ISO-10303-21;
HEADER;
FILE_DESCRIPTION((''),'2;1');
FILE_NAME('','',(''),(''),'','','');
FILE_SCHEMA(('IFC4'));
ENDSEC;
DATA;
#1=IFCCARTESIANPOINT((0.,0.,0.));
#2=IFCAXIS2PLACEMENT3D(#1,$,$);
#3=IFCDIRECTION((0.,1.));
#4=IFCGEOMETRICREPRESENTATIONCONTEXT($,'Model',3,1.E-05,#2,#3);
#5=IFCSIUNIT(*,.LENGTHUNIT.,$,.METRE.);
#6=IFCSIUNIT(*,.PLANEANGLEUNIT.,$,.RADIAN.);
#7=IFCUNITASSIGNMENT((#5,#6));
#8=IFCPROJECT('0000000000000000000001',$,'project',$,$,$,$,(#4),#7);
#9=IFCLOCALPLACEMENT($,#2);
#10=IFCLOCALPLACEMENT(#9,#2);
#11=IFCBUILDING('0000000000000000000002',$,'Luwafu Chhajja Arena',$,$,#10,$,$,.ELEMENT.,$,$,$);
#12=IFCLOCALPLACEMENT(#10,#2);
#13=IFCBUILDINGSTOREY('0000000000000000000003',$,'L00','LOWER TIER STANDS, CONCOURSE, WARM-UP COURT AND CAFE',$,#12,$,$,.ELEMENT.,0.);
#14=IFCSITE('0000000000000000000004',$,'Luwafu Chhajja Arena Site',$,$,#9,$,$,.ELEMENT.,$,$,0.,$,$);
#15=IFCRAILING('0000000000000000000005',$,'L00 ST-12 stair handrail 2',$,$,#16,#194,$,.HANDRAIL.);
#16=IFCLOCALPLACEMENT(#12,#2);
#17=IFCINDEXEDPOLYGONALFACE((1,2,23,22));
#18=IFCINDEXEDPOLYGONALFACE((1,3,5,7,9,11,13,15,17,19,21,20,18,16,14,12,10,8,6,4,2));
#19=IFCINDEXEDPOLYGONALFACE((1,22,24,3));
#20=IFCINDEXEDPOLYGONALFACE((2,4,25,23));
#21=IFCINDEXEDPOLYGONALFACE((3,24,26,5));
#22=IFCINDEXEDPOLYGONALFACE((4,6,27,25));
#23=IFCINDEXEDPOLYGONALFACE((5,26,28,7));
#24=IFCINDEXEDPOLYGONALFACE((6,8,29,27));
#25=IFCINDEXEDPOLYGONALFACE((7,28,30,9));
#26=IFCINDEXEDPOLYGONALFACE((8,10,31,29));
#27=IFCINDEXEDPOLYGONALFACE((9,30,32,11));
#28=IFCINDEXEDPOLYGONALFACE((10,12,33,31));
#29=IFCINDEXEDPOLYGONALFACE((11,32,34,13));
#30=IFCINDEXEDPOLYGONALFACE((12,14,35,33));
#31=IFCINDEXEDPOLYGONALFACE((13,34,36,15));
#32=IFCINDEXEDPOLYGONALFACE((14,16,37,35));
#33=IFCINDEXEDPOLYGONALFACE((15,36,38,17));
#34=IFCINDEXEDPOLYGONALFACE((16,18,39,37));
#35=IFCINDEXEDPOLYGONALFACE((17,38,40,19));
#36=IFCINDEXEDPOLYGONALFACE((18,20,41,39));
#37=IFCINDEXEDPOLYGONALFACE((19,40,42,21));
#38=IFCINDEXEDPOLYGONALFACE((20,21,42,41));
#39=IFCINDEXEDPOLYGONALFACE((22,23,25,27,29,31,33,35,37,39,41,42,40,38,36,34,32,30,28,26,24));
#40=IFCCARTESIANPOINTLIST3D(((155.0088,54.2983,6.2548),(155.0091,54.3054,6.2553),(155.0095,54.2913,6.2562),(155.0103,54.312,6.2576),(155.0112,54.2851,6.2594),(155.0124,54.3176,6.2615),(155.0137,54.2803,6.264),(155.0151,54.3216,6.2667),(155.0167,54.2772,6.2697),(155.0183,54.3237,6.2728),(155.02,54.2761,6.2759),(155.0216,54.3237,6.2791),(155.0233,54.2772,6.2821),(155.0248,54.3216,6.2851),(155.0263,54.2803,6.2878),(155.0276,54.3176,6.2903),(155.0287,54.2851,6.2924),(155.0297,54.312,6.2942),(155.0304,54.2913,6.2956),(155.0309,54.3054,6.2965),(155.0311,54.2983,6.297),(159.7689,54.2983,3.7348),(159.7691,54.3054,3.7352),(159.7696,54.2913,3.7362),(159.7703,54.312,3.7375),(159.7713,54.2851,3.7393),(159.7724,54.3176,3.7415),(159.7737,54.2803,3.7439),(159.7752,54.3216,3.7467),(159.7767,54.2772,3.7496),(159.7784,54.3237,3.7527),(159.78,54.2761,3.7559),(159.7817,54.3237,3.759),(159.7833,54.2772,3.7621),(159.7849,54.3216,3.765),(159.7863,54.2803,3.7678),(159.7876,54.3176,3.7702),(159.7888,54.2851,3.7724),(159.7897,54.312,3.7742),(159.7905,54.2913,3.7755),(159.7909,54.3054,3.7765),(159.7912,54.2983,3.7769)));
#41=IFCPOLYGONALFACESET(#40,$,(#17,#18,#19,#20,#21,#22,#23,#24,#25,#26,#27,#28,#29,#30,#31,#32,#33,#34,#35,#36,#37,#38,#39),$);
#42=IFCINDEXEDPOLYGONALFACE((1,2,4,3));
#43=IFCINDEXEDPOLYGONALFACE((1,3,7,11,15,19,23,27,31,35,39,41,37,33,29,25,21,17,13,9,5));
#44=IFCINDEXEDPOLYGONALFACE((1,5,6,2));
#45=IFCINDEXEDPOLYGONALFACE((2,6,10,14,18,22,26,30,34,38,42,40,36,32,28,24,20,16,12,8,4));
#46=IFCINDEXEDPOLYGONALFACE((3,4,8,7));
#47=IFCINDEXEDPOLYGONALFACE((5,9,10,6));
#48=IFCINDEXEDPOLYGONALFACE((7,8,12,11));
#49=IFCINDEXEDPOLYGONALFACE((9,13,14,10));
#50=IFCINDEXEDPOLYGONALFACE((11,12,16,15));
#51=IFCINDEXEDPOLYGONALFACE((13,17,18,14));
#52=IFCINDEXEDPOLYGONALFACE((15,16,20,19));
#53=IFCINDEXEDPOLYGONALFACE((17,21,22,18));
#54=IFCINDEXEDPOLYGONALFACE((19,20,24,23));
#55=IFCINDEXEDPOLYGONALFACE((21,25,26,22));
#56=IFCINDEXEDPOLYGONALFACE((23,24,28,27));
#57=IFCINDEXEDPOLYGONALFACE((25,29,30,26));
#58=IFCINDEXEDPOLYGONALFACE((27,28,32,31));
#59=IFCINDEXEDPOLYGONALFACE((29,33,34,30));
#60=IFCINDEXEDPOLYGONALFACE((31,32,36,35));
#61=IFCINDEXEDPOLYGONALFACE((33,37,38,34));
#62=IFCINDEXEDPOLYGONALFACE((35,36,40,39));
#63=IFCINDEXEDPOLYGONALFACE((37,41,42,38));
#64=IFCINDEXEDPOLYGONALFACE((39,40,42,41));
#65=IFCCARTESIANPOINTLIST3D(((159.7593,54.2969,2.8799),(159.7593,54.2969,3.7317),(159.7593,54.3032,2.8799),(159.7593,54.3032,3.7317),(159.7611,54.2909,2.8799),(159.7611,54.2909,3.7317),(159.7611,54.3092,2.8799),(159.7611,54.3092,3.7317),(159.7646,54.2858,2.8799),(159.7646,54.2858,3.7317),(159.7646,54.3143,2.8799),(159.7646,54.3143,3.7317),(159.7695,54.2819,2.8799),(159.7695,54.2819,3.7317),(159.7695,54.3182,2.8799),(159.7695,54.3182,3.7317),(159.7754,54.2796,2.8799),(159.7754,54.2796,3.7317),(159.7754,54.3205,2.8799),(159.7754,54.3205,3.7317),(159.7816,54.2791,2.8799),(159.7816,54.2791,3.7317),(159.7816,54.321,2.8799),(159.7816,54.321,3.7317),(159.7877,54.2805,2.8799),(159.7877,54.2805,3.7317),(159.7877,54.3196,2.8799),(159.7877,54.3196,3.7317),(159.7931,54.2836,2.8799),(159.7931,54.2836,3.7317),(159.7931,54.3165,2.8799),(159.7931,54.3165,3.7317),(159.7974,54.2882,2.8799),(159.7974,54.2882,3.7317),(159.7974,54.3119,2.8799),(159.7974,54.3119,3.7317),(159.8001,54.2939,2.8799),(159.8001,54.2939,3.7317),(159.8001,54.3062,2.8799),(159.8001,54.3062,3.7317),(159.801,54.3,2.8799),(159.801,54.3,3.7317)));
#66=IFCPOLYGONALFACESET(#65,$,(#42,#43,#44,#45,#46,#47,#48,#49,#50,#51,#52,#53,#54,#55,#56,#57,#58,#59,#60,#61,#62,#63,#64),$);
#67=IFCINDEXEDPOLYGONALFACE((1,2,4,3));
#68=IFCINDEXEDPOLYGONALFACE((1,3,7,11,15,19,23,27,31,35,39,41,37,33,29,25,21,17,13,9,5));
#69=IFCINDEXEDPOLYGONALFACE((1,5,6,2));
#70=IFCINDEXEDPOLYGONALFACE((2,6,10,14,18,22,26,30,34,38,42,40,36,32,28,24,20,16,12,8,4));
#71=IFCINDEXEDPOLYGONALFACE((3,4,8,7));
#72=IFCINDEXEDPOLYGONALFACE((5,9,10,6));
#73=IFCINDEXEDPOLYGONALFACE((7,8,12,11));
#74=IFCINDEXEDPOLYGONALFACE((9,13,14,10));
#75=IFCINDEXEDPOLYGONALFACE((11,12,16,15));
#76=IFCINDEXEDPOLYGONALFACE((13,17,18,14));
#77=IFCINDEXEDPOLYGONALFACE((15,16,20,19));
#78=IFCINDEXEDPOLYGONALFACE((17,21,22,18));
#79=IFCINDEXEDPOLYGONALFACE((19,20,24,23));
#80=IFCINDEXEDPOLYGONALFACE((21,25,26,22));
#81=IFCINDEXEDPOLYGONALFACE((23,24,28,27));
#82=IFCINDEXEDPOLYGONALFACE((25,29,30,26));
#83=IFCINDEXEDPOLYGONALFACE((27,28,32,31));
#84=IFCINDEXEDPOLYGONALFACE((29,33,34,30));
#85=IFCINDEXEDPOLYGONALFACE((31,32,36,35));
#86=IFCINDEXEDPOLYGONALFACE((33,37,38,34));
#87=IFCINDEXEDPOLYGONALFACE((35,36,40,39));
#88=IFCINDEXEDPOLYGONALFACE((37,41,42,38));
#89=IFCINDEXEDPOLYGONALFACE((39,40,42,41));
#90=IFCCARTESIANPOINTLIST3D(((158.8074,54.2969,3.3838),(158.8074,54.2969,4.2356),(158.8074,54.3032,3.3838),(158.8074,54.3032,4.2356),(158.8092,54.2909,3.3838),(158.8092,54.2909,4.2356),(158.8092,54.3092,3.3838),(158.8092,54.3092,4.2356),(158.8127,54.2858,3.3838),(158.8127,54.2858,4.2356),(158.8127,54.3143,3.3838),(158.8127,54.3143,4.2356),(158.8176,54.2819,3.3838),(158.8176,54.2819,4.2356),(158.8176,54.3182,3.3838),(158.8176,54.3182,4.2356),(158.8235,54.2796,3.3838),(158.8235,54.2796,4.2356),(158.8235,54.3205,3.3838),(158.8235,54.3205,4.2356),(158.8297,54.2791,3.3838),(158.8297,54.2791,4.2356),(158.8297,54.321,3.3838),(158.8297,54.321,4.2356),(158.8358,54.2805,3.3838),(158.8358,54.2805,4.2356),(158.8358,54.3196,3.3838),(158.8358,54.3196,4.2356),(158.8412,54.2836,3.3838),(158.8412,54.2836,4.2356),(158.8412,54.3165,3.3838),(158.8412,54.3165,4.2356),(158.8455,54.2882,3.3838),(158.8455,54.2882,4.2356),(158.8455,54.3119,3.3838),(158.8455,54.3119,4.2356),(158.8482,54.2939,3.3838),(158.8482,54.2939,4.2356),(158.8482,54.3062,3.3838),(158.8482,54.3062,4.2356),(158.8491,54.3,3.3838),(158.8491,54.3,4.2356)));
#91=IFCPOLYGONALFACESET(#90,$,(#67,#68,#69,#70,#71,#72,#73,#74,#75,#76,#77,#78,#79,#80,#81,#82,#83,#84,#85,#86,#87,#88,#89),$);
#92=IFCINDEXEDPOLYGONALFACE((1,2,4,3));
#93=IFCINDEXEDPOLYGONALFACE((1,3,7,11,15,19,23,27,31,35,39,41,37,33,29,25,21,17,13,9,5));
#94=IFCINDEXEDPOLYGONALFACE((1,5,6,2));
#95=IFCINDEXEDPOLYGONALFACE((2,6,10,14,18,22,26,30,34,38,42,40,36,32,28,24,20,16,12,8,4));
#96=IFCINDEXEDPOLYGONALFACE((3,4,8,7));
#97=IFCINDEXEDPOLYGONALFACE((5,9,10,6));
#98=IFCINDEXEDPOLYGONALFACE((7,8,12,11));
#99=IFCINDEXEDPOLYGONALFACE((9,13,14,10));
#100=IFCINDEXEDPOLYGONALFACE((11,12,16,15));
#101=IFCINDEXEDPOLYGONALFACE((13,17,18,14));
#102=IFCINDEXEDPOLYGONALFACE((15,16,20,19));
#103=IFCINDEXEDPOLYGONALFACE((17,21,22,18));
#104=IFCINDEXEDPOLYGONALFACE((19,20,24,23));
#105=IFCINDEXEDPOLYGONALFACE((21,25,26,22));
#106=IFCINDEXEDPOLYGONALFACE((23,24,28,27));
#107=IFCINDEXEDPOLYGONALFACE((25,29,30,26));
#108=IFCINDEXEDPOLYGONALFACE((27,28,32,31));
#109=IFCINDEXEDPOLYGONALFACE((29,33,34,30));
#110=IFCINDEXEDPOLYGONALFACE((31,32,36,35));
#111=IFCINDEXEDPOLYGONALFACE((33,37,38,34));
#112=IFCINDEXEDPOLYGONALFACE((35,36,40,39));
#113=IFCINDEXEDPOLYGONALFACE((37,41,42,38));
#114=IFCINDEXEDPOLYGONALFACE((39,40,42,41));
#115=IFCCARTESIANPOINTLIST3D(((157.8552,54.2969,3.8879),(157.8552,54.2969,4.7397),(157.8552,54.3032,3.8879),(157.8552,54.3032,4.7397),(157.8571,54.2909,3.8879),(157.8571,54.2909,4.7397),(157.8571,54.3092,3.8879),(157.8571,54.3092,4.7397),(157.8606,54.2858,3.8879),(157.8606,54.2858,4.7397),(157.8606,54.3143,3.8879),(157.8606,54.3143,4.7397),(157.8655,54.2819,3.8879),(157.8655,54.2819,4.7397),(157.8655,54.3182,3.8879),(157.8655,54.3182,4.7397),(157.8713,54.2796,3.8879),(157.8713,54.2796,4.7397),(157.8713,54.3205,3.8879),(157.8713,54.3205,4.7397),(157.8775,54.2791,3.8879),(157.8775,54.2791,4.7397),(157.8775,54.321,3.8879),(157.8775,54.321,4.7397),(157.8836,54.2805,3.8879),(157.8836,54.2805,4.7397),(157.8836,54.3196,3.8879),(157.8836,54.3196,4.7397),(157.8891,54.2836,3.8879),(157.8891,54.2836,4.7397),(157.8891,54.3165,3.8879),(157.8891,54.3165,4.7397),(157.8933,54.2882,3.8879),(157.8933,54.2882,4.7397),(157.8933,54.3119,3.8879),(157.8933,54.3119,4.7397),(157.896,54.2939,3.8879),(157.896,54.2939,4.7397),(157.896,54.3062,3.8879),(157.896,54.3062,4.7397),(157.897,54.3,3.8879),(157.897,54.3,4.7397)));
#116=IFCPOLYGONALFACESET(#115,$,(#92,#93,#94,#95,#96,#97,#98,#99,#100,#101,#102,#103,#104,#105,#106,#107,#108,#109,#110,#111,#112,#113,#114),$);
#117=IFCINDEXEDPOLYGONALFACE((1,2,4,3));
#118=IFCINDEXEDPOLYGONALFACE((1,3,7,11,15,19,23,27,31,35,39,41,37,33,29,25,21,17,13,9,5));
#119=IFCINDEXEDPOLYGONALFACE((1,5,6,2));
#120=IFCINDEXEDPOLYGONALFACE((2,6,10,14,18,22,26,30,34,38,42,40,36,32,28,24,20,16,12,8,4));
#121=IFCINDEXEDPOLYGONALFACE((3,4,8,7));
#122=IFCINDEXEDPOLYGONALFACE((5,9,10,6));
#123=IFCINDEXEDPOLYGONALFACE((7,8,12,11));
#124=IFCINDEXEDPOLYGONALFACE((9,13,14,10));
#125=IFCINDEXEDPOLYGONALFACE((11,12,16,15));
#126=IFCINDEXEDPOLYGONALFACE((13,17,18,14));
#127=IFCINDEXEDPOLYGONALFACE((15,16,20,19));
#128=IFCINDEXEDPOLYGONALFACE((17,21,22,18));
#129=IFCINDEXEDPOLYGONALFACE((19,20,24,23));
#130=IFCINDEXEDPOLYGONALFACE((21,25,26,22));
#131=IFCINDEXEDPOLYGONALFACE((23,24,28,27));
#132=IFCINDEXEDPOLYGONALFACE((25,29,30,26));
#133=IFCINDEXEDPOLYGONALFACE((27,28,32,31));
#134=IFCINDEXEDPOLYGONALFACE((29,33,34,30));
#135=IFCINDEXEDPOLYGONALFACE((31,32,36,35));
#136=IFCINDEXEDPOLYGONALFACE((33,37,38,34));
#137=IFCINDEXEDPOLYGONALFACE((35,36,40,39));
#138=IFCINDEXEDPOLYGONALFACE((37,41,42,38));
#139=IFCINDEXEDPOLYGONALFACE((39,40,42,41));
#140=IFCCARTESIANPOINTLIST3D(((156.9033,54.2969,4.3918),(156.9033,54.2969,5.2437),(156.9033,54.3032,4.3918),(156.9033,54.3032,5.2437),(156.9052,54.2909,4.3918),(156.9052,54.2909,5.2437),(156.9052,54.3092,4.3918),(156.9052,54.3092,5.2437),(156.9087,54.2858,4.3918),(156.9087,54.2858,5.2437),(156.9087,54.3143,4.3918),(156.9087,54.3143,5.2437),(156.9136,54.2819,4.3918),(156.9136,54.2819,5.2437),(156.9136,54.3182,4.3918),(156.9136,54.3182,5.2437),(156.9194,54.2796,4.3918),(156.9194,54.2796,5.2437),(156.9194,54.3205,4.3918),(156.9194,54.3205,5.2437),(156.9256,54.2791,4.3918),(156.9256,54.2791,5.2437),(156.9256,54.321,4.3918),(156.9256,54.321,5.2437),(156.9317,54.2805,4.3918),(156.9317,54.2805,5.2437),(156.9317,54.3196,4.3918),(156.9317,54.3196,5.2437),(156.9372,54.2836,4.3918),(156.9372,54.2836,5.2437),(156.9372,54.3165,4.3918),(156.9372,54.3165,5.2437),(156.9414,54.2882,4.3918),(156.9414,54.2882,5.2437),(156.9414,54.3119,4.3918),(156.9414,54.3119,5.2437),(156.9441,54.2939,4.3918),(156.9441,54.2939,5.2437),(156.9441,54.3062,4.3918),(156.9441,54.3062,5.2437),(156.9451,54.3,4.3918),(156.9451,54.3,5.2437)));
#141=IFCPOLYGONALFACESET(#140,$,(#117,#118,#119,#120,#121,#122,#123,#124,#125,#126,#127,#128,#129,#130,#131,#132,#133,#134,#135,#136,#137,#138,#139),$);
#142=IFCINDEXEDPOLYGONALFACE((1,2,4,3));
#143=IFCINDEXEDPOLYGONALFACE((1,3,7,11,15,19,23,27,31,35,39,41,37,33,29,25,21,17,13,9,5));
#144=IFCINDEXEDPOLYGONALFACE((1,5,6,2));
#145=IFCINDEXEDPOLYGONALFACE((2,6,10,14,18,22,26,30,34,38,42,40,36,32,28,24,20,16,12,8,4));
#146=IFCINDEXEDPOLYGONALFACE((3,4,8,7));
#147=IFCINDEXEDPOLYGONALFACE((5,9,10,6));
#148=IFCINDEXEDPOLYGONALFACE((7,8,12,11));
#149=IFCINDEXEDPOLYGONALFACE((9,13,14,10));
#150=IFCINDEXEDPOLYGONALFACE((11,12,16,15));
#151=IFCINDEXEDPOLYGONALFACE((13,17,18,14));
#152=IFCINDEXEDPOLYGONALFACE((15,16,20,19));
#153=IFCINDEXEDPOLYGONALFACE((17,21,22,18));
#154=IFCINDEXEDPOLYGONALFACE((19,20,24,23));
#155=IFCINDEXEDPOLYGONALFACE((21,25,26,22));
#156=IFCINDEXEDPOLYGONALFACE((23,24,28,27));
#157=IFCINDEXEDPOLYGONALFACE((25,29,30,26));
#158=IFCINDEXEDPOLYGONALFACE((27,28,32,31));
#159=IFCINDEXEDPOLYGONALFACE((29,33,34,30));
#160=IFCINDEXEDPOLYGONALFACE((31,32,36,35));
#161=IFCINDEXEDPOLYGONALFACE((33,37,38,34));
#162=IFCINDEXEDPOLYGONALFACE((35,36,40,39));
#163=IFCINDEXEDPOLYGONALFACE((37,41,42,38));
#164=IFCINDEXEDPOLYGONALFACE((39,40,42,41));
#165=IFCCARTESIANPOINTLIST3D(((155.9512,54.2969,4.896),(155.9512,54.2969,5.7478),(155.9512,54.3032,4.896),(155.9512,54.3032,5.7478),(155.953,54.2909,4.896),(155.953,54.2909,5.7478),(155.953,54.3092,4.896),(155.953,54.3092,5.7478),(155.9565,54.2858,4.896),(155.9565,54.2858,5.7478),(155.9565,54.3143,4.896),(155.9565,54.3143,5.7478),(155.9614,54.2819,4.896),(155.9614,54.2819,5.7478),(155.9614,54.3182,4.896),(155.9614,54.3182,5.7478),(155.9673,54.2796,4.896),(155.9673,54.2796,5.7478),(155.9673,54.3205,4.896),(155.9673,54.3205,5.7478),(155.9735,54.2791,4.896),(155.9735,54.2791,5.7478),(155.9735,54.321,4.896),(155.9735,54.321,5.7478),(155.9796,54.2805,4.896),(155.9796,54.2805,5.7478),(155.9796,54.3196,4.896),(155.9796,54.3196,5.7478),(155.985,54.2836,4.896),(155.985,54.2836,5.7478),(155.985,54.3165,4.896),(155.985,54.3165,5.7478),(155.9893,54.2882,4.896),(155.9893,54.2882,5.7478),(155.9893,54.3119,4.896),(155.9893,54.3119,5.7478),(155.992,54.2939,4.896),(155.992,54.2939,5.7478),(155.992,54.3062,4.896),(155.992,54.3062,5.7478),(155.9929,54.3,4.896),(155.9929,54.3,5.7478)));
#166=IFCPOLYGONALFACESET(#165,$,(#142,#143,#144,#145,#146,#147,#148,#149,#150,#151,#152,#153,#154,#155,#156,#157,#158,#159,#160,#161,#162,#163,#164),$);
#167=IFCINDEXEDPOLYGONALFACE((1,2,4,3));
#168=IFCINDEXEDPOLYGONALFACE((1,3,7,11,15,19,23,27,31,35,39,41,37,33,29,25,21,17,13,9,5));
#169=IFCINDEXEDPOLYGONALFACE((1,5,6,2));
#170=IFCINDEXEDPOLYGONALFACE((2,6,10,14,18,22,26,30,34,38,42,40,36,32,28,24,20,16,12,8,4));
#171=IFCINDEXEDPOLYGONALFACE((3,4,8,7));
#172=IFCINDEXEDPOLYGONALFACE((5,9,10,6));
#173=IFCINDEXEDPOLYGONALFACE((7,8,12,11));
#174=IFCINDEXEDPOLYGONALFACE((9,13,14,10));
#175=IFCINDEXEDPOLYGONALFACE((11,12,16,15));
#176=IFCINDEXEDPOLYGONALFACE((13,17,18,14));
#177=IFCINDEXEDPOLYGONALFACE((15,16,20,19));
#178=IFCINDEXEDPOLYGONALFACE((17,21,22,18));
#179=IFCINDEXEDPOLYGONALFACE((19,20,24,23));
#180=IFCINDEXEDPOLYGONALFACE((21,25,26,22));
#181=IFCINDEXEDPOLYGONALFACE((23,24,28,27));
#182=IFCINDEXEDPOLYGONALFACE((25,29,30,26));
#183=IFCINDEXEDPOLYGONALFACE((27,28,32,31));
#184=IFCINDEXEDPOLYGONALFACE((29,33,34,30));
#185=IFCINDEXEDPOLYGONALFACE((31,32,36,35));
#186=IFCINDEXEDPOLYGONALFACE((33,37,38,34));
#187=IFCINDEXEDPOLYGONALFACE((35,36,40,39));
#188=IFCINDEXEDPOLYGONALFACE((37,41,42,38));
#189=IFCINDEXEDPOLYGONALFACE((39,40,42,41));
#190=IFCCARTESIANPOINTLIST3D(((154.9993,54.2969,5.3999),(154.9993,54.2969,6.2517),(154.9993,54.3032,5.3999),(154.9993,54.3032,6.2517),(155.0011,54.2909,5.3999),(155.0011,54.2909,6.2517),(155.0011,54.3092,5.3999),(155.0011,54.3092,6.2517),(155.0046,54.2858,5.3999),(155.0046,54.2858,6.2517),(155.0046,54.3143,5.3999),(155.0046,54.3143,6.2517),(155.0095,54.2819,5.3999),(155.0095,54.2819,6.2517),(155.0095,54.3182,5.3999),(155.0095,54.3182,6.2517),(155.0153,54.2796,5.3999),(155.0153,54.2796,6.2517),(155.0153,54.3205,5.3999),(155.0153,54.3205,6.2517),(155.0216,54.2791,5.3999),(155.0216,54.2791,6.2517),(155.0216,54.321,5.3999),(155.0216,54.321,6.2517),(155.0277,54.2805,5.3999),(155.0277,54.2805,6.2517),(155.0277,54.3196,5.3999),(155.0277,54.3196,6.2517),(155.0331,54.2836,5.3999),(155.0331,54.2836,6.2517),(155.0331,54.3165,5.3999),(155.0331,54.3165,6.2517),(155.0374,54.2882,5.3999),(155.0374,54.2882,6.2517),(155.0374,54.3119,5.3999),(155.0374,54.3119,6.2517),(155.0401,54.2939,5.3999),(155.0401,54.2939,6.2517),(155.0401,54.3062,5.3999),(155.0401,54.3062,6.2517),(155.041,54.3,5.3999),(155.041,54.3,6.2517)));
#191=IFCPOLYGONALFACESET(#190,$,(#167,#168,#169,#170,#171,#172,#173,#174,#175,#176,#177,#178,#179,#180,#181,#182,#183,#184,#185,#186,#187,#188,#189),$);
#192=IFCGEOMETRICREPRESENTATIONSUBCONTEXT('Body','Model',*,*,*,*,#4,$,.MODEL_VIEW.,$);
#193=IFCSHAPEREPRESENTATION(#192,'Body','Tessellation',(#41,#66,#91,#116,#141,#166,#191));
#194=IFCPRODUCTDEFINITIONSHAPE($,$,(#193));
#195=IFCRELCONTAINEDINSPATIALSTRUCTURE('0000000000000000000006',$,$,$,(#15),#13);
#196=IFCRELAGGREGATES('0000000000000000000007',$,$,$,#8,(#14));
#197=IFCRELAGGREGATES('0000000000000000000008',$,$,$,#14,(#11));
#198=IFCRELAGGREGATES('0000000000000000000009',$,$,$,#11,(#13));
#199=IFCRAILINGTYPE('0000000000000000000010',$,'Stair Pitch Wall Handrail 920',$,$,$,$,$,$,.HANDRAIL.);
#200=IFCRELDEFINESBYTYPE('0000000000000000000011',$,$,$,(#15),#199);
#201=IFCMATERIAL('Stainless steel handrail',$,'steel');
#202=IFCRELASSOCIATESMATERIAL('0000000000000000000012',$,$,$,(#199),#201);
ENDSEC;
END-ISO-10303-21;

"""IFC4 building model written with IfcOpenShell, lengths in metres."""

from ifc_helpers import new_model, si_unit, direction, frame, origin, origin_2d, place, context, subcontext, project, spatial, circle, extrude, material, type_object, element, save


model = new_model("IFC4")

# Units and contexts
model_context = context("Model", 3, precision=1e-05, world=origin(), true_north=direction((0.0, 1.0)))
body_context = subcontext(model_context, "Body", "Model", "MODEL_VIEW")
ifc_project = project(units=[si_unit("LENGTHUNIT", "METRE"), si_unit("PLANEANGLEUNIT", "RADIAN")], contexts=[model_context])

# Site, building, storey
site_placement = place(None, origin())
site = spatial("IfcSite", under=ifc_project, at=site_placement, Name="Luwafu Chhajja Arena Site", CompositionType="ELEMENT", RefElevation=0.0)
building_placement = place(site_placement, origin())
building = spatial("IfcBuilding", under=site, at=building_placement, Name="Luwafu Chhajja Arena", CompositionType="ELEMENT")
storey_placement = place(building_placement, origin())
storey = spatial("IfcBuildingStorey", under=building, at=storey_placement, Name="L00", Description="LOWER TIER STANDS, CONCOURSE, WARM-UP COURT AND CAFE", CompositionType="ELEMENT", Elevation=0.0)

# Railing
ifc_material_1 = material(Name="Stainless steel handrail", Category="steel")
railing_type_1 = type_object("IfcRailingType", Name="Stair Pitch Wall Handrail 920", PredefinedType="HANDRAIL", material=ifc_material_1)
railing_1_placement = place(storey_placement, frame((159.78, 54.3, 2.8799)))
element("IfcRailing", 1, at=railing_1_placement, inside=storey, type_object=railing_type_1, Name="L00 ST-12 stair handrail 2", PredefinedType="HANDRAIL", context=body_context, shape_type="SweptSolid", body=[
    extrude(circle(Radius=0.0239, at=origin_2d()), frame((0.0, 0.0, 0.876), z_axis=(-0.883787, 0.0, 0.46789), x_axis=(0.0, -1.0, 0.0)), (0.0, 0.0, 1.0), 5.386),
    extrude(circle(Radius=0.021, at=origin_2d()), origin(), (0.0, 0.0, 1.0), 0.8518),
    extrude(circle(Radius=0.021, at=origin_2d()), frame((-0.9519, 0.0, 0.5039)), (0.0, 0.0, 1.0), 0.8518),
    extrude(circle(Radius=0.021, at=origin_2d()), frame((-1.9041, 0.0, 1.0081)), (0.0, 0.0, 1.0), 0.8518),
    extrude(circle(Radius=0.021, at=origin_2d()), frame((-2.856, 0.0, 1.512)), (0.0, 0.0, 1.0), 0.8518),
    extrude(circle(Radius=0.021, at=origin_2d()), frame((-3.8081, 0.0, 2.0161)), (0.0, 0.0, 1.0), 0.8518),
    extrude(circle(Radius=0.021, at=origin_2d()), frame((-4.76, 0.0, 2.52)), (0.0, 0.0, 1.0), 0.8518),
])

save(model, "model.ifc")
